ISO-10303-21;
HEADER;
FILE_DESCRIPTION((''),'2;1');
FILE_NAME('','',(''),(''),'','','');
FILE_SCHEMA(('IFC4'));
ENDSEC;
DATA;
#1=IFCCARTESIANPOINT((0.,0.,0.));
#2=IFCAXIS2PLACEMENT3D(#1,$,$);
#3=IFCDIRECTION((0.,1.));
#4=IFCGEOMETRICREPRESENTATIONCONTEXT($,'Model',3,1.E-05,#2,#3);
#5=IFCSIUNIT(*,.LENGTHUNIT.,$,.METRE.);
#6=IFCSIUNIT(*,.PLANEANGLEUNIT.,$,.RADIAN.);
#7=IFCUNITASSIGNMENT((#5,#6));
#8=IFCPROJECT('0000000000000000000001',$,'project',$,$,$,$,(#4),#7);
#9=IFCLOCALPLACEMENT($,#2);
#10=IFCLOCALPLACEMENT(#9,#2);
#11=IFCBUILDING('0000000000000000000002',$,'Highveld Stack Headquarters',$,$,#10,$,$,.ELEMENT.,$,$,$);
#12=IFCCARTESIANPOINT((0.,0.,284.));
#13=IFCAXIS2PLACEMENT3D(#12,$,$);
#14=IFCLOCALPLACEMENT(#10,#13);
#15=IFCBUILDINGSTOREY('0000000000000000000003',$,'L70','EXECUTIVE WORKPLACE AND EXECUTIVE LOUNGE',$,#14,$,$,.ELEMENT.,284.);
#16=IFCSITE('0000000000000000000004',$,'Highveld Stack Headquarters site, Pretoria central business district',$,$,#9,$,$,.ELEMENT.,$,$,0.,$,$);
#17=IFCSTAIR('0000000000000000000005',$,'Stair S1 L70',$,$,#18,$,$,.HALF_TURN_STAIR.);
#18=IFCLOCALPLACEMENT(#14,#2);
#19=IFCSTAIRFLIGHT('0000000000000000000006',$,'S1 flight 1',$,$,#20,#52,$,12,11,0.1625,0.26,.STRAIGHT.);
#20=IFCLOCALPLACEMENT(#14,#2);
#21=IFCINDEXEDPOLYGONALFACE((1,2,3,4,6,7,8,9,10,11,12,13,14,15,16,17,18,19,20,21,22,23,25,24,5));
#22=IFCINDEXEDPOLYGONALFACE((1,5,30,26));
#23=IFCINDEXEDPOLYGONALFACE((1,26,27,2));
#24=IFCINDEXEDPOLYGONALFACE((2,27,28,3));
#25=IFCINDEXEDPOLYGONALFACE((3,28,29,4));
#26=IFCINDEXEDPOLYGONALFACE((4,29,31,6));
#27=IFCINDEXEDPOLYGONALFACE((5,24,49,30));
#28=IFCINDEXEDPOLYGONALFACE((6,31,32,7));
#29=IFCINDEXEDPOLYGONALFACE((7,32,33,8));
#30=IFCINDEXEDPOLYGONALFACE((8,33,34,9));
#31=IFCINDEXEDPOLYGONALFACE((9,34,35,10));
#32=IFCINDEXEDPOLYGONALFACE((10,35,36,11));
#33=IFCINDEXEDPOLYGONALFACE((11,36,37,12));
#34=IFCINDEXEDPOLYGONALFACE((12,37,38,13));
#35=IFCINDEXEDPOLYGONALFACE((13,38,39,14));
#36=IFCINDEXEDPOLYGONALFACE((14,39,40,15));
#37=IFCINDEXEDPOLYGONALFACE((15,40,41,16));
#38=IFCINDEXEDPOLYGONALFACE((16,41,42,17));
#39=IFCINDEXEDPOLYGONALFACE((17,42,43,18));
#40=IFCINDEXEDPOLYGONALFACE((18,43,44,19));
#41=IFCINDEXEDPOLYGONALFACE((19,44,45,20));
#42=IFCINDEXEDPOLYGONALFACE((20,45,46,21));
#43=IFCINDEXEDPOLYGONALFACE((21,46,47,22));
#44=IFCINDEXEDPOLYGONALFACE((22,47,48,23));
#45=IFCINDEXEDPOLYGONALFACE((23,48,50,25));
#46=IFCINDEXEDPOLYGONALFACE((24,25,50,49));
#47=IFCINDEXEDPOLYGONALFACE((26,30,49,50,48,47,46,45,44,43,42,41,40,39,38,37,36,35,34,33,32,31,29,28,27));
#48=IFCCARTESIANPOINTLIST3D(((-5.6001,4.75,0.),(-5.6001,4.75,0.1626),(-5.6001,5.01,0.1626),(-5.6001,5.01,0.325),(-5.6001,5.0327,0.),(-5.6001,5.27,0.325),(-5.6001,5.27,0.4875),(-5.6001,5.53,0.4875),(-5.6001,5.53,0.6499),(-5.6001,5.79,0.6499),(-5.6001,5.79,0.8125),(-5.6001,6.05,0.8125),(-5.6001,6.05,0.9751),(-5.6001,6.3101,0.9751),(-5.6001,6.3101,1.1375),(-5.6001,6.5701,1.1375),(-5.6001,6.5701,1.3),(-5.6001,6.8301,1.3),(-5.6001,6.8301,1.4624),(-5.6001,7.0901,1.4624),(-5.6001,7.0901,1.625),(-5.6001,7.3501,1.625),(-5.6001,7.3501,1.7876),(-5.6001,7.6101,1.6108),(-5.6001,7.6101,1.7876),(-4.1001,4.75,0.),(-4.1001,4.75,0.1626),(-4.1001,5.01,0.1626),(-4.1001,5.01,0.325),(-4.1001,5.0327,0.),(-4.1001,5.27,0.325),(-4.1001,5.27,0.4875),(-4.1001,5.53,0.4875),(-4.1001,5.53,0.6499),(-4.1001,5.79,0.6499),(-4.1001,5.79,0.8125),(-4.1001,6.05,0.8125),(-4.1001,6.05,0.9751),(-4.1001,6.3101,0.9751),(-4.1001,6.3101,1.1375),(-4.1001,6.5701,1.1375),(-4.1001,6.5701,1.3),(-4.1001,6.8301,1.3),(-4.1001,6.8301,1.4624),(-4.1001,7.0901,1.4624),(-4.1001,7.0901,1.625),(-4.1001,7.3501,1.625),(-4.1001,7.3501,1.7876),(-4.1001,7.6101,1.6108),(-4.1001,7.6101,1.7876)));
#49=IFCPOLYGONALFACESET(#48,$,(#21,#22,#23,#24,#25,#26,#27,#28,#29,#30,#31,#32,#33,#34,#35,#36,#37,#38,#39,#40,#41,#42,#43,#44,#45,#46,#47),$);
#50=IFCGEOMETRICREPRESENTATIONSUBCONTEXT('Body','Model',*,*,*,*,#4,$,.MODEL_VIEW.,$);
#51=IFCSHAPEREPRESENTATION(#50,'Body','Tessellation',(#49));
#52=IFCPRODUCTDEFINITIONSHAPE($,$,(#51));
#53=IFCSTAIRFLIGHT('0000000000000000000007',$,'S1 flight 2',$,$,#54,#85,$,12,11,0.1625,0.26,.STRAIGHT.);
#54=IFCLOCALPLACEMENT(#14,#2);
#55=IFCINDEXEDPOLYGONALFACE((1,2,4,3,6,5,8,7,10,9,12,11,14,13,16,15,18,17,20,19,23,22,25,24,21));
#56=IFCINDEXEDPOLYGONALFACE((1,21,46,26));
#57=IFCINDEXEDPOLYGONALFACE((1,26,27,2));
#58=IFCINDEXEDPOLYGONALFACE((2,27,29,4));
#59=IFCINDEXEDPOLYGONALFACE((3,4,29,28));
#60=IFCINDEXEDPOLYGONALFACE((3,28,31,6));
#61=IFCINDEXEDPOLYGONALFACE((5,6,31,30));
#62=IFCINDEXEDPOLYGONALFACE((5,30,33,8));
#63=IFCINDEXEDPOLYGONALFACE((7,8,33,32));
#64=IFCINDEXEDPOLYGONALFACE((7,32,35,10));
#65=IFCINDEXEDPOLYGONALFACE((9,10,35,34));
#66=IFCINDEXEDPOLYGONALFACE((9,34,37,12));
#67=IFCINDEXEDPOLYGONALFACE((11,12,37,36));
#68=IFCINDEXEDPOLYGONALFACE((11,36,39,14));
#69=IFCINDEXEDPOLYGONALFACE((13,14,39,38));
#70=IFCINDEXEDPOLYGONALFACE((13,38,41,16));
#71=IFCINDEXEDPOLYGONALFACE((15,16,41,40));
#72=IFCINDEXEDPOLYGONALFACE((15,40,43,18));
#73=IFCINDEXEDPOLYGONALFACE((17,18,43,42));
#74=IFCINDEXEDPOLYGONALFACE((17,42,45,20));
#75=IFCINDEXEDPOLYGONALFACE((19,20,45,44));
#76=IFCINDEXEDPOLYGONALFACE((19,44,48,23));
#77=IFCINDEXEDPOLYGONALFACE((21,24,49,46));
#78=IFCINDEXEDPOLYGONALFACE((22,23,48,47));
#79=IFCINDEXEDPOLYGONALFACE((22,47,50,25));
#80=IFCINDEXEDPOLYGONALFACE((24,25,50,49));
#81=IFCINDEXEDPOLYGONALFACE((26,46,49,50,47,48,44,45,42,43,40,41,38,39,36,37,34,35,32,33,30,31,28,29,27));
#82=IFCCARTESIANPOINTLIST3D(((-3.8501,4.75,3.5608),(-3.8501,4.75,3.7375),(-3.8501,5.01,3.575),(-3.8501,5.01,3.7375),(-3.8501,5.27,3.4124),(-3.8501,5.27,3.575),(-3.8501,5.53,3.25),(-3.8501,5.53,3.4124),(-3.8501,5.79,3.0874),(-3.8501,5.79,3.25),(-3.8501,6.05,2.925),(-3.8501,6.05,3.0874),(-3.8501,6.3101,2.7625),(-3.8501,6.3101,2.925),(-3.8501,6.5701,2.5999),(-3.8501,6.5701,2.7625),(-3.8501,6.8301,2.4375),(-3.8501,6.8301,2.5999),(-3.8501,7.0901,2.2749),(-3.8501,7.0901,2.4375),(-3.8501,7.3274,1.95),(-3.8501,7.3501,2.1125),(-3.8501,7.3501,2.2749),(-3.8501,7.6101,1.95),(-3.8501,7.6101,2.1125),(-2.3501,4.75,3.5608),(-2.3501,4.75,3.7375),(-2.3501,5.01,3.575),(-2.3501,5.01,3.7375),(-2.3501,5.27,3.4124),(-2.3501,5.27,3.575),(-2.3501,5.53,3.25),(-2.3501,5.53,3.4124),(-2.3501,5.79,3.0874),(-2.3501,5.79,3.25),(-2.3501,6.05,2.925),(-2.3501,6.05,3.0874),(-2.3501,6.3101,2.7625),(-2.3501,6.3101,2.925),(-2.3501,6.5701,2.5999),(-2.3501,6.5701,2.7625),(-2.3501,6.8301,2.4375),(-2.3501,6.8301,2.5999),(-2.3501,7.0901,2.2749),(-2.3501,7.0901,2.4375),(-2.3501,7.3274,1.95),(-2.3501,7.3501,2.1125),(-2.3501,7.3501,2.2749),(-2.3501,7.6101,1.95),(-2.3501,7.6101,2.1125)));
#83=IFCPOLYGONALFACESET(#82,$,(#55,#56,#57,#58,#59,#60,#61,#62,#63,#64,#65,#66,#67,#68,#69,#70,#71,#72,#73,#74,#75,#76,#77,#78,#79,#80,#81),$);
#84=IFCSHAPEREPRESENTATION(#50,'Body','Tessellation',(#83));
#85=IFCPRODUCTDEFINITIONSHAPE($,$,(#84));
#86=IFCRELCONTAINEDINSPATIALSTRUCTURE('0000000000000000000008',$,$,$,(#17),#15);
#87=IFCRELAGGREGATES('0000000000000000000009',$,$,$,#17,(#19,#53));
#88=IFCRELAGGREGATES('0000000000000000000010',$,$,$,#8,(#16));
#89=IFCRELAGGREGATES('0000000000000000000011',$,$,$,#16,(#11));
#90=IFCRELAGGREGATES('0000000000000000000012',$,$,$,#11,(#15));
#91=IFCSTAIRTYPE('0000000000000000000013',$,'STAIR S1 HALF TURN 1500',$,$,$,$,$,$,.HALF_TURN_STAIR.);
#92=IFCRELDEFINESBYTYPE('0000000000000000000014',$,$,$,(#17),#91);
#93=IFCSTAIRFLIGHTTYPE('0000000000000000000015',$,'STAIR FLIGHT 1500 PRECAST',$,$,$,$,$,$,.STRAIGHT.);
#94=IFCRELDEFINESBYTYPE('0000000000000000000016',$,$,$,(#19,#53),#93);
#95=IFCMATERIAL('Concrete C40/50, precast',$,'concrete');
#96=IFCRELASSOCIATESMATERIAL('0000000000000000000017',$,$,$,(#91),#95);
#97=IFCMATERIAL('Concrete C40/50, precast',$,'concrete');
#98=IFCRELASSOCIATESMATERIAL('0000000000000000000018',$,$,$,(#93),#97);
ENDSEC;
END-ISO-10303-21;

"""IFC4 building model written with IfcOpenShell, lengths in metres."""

from ifc_helpers import new_model, si_unit, direction, frame, origin, place, context, subcontext, project, spatial, polyline, outline, extrude, material, type_object, element, aggregate, save


model = new_model("IFC4")

# Units and contexts
model_context = context("Model", 3, precision=1e-05, world=origin(), true_north=direction((0.0, 1.0)))
body_context = subcontext(model_context, "Body", "Model", "MODEL_VIEW")
ifc_project = project(units=[si_unit("LENGTHUNIT", "METRE"), si_unit("PLANEANGLEUNIT", "RADIAN")], contexts=[model_context])

# Site, building, storey
site_placement = place(None, origin())
site = spatial("IfcSite", under=ifc_project, at=site_placement, Name="Highveld Stack Headquarters site, Pretoria central business district", CompositionType="ELEMENT", RefElevation=0.0)
building_placement = place(site_placement, origin())
building = spatial("IfcBuilding", under=site, at=building_placement, Name="Highveld Stack Headquarters", CompositionType="ELEMENT")
storey_placement = place(building_placement, frame((0.0, 0.0, 284.0)))
storey = spatial("IfcBuildingStorey", under=building, at=storey_placement, Name="L70", Description="EXECUTIVE WORKPLACE AND EXECUTIVE LOUNGE", CompositionType="ELEMENT", Elevation=284.0)

# Stair
ifc_material_1 = material(Name="Concrete C40/50, precast", Category="concrete")
stair_type_1 = type_object("IfcStairType", Name="STAIR S1 HALF TURN 1500", PredefinedType="HALF_TURN_STAIR", material=ifc_material_1)
stair_1_placement = place(storey_placement, origin())
stair_1 = element("IfcStair", 1, at=stair_1_placement, inside=storey, type_object=stair_type_1, Name="Stair S1 L70", PredefinedType="HALF_TURN_STAIR")

# Stair flights
ifc_material_2 = material(Name="Concrete C40/50, precast", Category="concrete")
stair_flight_type = type_object("IfcStairFlightType", Name="STAIR FLIGHT 1500 PRECAST", PredefinedType="STRAIGHT", material=ifc_material_2)
stair_flight_1_placement = place(storey_placement, frame((-4.8501, 4.75, 0.0), z_axis=(0.0, 0.0, 1.0), x_axis=(0.0, 1.0, 0.0)))
stair_flight_1 = element("IfcStairFlight", 2, at=stair_flight_1_placement, type_object=stair_flight_type, Name="S1 flight 1", NumberOfRisers=12, NumberOfTreads=11, PredefinedType="STRAIGHT", RiserHeight=0.1625, TreadLength=0.26, context=body_context, shape_type="SweptSolid", body=[
    extrude(outline(polyline([(0.0, 0.0), (0.0, 0.1626), (0.26, 0.1626), (0.26, 0.325), (0.52, 0.325), (0.52, 0.4875), (0.78, 0.4875), (0.78, 0.6499), (1.04, 0.6499), (1.04, 0.8125), (1.3, 0.8125), (1.3, 0.9751), (1.5601, 0.9751), (1.5601, 1.1375), (1.8201, 1.1375), (1.8201, 1.3), (2.0801, 1.3), (2.0801, 1.4624), (2.3401, 1.4624), (2.3401, 1.625), (2.6001, 1.625), (2.6001, 1.7876), (2.8601, 1.7876), (2.8601, 1.95), (2.8601, 1.6108), (0.2827, 0.0), (0.0, 0.0)])), frame((0.0, 0.75, 0.0), z_axis=(0.0, -1.0, 0.0), x_axis=(1.0, 0.0, 0.0)), (0.0, 0.0, 1.0), 1.5),
])
stair_flight_2_placement = place(storey_placement, frame((-3.1001, 7.6101, 1.95), z_axis=(0.0, 0.0, 1.0), x_axis=(0.0, -1.0, 0.0)))
stair_flight_2 = element("IfcStairFlight", 3, at=stair_flight_2_placement, type_object=stair_flight_type, Name="S1 flight 2", NumberOfRisers=12, NumberOfTreads=11, PredefinedType="STRAIGHT", RiserHeight=0.1625, TreadLength=0.26, context=body_context, shape_type="SweptSolid", body=[
    extrude(outline(polyline([(0.0, 0.0), (0.0, 0.1626), (0.26, 0.1626), (0.26, 0.325), (0.52, 0.325), (0.52, 0.4875), (0.78, 0.4875), (0.78, 0.6499), (1.04, 0.6499), (1.04, 0.8125), (1.3, 0.8125), (1.3, 0.9751), (1.5601, 0.9751), (1.5601, 1.1375), (1.8201, 1.1375), (1.8201, 1.3), (2.0801, 1.3), (2.0801, 1.4624), (2.3401, 1.4624), (2.3401, 1.625), (2.6001, 1.625), (2.6001, 1.7876), (2.8601, 1.7876), (2.8601, 1.95), (2.8601, 1.6108), (0.2827, 0.0), (0.0, 0.0)])), frame((0.0, 0.75, 0.0), z_axis=(0.0, -1.0, 0.0), x_axis=(1.0, 0.0, 0.0)), (0.0, 0.0, 1.0), 1.5),
])
aggregate(stair_1, [stair_flight_1, stair_flight_2])

save(model, "model.ifc")
